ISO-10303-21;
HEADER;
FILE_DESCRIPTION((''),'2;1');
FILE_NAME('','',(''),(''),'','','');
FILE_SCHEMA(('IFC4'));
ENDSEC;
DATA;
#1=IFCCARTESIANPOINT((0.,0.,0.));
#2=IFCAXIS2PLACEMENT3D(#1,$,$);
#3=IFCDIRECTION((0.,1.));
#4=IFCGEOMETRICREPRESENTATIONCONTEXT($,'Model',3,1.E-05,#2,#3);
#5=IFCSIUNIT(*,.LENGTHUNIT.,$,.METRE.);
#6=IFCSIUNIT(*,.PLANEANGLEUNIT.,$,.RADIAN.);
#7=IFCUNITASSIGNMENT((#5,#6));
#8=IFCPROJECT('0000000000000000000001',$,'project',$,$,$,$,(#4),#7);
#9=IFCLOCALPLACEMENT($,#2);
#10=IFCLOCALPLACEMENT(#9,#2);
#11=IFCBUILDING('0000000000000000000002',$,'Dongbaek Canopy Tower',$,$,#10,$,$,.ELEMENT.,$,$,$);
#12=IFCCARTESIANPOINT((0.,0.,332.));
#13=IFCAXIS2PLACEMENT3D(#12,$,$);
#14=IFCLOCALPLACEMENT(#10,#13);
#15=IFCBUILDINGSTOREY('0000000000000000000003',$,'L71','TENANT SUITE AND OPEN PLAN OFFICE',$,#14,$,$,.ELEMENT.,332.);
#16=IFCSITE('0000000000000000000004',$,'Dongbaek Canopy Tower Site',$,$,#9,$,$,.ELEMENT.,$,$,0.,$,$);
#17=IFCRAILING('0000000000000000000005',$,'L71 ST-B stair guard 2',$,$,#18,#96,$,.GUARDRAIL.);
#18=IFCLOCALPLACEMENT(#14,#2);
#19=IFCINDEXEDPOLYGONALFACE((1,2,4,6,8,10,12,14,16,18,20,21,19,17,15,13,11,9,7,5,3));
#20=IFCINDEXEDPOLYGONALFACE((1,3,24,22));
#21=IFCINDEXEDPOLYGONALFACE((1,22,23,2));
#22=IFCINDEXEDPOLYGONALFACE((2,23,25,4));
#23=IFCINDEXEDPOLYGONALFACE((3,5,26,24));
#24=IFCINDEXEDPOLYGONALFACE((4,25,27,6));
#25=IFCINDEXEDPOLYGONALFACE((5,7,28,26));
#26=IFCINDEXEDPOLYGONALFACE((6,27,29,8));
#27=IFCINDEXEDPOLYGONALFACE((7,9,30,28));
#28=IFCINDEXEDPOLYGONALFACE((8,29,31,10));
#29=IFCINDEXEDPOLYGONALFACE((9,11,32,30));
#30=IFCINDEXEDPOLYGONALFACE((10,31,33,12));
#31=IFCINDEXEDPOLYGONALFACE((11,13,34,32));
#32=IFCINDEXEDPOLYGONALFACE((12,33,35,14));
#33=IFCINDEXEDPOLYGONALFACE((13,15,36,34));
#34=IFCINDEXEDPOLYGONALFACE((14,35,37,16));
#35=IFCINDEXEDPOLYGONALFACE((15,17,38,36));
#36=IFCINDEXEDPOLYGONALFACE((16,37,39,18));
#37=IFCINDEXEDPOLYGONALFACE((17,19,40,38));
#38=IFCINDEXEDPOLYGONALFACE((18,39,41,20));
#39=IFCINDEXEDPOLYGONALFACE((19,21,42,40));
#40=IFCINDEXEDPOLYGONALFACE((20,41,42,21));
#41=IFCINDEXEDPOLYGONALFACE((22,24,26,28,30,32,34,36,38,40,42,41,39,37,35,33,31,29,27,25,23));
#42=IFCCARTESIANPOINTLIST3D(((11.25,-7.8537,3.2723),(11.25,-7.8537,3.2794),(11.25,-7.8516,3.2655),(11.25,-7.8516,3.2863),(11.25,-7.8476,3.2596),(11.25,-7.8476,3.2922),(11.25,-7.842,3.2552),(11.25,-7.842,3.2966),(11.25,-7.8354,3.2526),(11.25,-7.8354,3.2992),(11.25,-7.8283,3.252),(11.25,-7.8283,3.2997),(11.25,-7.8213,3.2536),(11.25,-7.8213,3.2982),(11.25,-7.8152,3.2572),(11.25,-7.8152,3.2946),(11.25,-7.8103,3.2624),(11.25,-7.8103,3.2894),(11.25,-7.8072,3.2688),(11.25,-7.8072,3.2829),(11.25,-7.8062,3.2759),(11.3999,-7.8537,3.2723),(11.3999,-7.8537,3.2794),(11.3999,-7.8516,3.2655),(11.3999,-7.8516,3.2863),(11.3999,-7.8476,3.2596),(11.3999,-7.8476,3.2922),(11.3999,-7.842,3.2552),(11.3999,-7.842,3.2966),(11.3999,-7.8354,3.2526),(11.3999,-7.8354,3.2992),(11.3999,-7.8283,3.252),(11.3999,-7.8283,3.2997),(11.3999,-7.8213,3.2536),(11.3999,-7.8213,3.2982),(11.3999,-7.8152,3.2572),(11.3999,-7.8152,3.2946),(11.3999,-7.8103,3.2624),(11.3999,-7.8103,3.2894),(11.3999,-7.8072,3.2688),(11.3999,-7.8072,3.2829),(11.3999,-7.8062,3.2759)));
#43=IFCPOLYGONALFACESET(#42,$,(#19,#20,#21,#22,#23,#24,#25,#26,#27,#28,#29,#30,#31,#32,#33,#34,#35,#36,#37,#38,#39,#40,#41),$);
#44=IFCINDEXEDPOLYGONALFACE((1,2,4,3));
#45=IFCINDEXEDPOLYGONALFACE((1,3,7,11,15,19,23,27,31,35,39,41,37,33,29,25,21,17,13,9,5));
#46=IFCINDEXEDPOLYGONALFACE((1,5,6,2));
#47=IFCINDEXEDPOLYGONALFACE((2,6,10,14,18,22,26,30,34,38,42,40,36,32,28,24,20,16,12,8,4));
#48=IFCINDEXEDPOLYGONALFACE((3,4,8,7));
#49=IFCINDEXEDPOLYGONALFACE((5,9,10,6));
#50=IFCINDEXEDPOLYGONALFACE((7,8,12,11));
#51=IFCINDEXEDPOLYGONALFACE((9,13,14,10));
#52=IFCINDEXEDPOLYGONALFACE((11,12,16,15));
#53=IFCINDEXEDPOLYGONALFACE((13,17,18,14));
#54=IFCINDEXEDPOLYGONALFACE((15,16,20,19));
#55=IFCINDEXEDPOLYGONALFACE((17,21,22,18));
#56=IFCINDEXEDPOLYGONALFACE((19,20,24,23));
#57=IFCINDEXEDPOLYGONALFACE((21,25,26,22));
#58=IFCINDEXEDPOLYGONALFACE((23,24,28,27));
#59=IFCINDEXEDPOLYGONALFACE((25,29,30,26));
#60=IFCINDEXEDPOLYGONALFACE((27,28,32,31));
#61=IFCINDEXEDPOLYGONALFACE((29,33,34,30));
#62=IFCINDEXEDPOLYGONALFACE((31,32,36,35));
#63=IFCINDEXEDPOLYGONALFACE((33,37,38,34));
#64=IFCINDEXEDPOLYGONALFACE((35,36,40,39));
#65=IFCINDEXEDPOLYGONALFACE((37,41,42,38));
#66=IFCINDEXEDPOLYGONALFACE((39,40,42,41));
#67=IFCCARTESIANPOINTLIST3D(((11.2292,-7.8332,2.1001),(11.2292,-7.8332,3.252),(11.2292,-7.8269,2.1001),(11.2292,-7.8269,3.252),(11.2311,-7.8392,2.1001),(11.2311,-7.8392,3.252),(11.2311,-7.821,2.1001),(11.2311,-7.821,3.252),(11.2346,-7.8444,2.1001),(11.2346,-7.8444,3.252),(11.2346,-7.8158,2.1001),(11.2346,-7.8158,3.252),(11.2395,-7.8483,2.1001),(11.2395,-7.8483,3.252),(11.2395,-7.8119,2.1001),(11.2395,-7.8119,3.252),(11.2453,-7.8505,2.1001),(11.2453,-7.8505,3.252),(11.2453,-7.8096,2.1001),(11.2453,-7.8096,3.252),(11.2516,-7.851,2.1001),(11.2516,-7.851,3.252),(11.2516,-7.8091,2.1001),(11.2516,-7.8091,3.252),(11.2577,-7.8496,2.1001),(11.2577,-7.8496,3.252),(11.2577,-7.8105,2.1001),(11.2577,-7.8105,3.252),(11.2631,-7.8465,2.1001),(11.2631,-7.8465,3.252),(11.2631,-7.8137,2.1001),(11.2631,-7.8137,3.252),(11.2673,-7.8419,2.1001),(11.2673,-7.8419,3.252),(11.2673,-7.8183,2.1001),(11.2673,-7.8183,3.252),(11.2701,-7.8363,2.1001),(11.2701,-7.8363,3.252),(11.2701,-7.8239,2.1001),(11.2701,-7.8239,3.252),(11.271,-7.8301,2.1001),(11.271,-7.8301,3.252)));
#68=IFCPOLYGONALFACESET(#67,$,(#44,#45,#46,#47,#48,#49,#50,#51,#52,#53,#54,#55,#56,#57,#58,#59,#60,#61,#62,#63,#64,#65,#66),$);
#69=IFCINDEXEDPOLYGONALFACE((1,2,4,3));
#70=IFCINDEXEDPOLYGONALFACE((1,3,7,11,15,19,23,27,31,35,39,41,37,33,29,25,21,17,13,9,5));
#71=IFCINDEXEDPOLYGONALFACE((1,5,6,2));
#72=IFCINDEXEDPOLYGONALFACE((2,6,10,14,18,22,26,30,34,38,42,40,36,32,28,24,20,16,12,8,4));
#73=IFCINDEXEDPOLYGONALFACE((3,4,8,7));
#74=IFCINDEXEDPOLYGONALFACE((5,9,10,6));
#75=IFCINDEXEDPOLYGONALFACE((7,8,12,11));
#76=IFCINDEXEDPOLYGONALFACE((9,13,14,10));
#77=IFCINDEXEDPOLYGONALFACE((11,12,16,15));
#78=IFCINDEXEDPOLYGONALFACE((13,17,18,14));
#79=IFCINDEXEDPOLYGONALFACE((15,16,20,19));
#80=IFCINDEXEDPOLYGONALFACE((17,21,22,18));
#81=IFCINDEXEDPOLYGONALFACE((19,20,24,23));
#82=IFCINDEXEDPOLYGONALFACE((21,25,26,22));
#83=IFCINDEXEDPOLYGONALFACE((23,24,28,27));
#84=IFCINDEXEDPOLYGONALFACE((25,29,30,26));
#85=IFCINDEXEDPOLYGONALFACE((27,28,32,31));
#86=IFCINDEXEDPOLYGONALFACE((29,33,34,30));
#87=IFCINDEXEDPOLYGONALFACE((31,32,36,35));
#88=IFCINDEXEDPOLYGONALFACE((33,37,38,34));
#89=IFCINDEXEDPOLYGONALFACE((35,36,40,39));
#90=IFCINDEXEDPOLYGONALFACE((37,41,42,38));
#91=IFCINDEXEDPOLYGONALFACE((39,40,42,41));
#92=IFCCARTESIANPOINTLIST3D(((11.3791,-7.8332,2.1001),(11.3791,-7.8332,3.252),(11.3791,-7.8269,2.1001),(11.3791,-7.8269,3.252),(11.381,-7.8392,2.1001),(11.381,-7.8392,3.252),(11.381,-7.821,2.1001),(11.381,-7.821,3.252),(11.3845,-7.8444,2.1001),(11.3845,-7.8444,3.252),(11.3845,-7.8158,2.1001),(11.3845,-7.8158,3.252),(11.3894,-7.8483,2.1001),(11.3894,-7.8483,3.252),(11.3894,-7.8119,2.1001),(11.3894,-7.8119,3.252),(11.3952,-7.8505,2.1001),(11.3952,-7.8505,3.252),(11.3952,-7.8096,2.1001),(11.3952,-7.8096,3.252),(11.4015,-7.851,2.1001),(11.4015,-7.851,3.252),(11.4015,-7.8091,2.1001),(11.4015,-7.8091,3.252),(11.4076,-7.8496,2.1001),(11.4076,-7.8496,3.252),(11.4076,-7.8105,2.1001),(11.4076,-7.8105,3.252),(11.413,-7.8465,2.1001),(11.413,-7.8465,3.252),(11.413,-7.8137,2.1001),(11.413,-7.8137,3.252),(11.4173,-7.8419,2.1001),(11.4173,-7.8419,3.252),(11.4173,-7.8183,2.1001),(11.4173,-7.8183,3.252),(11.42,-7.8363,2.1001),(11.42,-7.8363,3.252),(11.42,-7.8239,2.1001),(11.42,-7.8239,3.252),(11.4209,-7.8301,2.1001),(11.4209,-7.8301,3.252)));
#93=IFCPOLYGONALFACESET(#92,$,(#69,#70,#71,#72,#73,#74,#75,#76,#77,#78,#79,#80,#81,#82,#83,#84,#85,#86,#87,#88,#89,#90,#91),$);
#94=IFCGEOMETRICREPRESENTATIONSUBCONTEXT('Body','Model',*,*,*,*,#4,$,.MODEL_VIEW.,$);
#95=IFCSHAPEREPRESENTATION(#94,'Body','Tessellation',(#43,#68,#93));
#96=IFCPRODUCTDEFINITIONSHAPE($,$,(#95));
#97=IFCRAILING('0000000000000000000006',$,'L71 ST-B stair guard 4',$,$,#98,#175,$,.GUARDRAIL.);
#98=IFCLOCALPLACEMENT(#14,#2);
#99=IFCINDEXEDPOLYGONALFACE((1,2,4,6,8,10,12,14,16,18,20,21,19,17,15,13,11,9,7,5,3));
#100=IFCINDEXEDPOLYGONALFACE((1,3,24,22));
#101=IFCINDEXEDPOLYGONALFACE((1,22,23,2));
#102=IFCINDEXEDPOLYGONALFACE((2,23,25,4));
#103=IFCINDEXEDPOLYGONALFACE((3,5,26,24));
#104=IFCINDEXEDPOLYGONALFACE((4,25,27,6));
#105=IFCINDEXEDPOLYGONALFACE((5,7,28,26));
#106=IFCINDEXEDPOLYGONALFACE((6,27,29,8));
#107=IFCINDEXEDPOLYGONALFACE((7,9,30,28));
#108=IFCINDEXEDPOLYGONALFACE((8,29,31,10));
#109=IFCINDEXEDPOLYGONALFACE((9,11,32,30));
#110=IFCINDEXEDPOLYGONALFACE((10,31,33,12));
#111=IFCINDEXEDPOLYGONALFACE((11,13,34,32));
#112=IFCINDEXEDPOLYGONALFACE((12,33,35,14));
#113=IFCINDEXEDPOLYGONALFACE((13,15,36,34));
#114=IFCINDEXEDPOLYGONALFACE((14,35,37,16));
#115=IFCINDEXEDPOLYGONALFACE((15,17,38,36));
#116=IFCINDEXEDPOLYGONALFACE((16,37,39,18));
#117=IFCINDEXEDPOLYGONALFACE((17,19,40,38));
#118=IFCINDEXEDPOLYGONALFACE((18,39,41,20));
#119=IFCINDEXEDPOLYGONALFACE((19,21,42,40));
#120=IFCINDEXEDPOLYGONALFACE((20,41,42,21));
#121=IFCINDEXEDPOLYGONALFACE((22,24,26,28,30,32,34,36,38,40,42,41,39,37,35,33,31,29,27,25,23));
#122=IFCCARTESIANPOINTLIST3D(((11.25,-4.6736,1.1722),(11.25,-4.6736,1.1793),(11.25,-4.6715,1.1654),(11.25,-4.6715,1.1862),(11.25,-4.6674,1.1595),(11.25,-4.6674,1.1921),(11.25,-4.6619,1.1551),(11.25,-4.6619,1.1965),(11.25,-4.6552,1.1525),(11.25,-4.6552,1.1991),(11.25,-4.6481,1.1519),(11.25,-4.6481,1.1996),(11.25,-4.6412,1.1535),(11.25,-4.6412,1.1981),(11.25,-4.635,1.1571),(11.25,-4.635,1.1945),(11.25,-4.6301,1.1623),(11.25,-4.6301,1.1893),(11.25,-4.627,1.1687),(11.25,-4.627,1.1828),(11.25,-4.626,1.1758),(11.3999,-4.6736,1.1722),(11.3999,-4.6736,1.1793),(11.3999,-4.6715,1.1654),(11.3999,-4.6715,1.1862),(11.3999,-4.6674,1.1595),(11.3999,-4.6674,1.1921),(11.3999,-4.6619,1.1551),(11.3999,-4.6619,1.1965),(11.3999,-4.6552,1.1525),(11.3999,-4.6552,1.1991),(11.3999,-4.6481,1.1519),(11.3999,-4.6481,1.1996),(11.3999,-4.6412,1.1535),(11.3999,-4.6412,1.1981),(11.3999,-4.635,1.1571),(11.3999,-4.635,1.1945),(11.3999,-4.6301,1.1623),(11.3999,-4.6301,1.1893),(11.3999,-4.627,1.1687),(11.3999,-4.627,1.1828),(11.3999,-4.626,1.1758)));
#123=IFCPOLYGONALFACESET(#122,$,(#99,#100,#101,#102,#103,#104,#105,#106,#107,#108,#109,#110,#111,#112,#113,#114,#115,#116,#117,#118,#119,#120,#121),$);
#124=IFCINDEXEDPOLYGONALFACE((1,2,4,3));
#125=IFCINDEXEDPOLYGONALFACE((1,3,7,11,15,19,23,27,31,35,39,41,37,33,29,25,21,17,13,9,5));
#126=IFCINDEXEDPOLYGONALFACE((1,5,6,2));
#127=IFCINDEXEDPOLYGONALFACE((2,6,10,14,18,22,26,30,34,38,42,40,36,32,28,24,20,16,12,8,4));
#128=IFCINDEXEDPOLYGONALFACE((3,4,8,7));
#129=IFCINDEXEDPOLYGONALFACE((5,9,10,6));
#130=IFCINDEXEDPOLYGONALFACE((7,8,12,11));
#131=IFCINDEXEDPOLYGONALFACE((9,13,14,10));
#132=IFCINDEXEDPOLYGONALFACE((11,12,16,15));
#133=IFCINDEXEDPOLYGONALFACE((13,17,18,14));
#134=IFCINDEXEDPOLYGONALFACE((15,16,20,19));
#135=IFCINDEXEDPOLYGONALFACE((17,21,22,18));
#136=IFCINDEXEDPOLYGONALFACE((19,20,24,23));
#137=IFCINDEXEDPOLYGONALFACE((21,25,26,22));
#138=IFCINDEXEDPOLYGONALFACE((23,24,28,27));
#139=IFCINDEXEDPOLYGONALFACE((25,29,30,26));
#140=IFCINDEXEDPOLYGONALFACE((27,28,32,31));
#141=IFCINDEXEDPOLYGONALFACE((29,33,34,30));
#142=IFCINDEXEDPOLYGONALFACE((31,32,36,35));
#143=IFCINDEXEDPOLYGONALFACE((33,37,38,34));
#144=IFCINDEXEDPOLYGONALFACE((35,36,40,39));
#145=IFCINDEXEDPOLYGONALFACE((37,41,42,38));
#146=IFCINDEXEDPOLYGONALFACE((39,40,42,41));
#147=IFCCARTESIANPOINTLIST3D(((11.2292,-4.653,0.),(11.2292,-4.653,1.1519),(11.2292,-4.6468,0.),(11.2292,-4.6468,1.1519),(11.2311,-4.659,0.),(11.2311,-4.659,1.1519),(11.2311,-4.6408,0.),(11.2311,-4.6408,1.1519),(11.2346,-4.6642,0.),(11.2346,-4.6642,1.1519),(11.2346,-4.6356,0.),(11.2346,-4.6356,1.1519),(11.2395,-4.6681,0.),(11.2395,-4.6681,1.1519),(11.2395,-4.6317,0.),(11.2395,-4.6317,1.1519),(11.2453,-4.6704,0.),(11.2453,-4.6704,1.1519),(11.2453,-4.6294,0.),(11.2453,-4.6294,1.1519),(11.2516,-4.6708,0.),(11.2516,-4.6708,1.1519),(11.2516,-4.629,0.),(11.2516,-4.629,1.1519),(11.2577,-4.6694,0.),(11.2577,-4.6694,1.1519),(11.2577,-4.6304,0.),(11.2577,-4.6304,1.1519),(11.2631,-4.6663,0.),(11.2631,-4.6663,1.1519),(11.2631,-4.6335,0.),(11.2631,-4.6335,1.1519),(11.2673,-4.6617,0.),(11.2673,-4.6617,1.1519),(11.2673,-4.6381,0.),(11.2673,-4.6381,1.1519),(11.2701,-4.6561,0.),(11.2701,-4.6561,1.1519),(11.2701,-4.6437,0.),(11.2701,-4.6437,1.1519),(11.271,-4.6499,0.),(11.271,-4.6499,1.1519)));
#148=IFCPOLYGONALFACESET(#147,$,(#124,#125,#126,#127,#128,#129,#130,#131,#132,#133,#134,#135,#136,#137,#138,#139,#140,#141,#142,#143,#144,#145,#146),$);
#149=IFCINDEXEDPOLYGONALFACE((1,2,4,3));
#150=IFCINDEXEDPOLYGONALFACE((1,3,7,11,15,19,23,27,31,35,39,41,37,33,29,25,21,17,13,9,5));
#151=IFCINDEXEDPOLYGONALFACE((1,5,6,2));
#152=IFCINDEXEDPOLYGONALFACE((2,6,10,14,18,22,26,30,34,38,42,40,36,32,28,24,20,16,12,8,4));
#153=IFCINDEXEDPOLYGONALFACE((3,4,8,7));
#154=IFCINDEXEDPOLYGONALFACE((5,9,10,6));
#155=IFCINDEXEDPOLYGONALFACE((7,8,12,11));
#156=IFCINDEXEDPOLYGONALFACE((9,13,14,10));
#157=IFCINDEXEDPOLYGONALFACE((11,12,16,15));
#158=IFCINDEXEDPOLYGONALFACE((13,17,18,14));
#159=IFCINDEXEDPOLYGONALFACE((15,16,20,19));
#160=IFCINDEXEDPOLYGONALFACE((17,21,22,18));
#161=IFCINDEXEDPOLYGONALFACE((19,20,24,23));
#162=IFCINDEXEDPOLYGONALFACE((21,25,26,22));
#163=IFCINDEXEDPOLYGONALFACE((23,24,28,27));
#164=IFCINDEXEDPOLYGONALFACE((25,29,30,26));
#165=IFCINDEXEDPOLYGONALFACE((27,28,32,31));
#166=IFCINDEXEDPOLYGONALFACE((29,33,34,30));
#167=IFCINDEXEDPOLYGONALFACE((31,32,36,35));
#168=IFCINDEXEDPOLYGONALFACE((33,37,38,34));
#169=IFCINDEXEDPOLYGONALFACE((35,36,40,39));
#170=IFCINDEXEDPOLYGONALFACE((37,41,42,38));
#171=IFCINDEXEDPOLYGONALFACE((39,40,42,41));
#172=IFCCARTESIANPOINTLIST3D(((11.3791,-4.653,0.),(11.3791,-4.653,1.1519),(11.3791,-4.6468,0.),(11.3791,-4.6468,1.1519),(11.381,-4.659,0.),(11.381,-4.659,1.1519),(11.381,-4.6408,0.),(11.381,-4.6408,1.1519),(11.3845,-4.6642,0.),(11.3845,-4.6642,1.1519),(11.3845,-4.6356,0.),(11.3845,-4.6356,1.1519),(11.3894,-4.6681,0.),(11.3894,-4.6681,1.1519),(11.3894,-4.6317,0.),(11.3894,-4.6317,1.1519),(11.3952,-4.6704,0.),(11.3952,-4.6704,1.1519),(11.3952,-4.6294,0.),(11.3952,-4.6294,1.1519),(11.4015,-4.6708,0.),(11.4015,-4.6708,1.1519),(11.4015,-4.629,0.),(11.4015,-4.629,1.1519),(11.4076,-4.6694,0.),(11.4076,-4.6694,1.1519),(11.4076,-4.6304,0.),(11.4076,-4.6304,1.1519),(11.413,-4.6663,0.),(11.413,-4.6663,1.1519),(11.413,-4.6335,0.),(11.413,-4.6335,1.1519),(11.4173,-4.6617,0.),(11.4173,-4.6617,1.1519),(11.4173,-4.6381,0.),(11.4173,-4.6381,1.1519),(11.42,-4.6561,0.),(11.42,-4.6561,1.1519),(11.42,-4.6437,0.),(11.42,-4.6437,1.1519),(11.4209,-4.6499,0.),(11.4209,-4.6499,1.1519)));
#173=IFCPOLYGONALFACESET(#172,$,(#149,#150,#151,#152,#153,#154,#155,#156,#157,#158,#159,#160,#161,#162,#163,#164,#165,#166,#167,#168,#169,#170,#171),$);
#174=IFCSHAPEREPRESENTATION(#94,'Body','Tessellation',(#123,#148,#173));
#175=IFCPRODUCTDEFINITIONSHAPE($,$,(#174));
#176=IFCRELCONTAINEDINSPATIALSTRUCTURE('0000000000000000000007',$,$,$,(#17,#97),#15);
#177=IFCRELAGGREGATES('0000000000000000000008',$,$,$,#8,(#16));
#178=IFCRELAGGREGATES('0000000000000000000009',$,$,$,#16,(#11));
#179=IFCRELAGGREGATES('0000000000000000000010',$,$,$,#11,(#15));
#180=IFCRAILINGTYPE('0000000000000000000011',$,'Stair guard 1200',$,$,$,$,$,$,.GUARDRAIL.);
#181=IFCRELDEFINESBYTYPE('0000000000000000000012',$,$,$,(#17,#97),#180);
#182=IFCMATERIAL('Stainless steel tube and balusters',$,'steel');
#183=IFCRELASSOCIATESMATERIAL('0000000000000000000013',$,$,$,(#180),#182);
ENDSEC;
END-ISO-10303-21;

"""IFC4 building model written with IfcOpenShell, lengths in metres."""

from ifc_helpers import new_model, si_unit, direction, frame, origin, origin_2d, place, context, subcontext, project, spatial, circle, extrude, material, type_object, element, save


model = new_model("IFC4")

# Units and contexts
model_context = context("Model", 3, precision=1e-05, world=origin(), true_north=direction((0.0, 1.0)))
body_context = subcontext(model_context, "Body", "Model", "MODEL_VIEW")
ifc_project = project(units=[si_unit("LENGTHUNIT", "METRE"), si_unit("PLANEANGLEUNIT", "RADIAN")], contexts=[model_context])

# Site, building, storey
site_placement = place(None, origin())
site = spatial("IfcSite", under=ifc_project, at=site_placement, Name="Dongbaek Canopy Tower Site", CompositionType="ELEMENT", RefElevation=0.0)
building_placement = place(site_placement, origin())
building = spatial("IfcBuilding", under=site, at=building_placement, Name="Dongbaek Canopy Tower", CompositionType="ELEMENT")
storey_placement = place(building_placement, frame((0.0, 0.0, 332.0)))
storey = spatial("IfcBuildingStorey", under=building, at=storey_placement, Name="L71", Description="TENANT SUITE AND OPEN PLAN OFFICE", CompositionType="ELEMENT", Elevation=332.0)

# Railings
ifc_material_1 = material(Name="Stainless steel tube and balusters", Category="steel")
railing_type_1 = type_object("IfcRailingType", Name="Stair guard 1200", PredefinedType="GUARDRAIL", material=ifc_material_1)
for number, where, name in (
    (1, (11.25, -7.8301, 2.1001), "L71 ST-B stair guard 2"),
    (2, (11.25, -4.6499, 0.0), "L71 ST-B stair guard 4"),
):
    element("IfcRailing", number, at=place(storey_placement, frame(where)), inside=storey, type_object=railing_type_1, Name=name, PredefinedType="GUARDRAIL", context=body_context, shape_type="SweptSolid", body=[
        extrude(circle(Radius=0.0239, at=origin_2d()), frame((0.0, 0.0, 1.1758), z_axis=(1.0, 0.0, 0.0), x_axis=(0.0, 1.0, 0.0)), (0.0, 0.0, 1.0), 0.1499),
        extrude(circle(Radius=0.021, at=origin_2d()), origin(), (0.0, 0.0, 1.0), 1.1519),
        extrude(circle(Radius=0.021, at=origin_2d()), frame((0.1499, 0.0, 0.0)), (0.0, 0.0, 1.0), 1.1519),
    ])

save(model, "model.ifc")
